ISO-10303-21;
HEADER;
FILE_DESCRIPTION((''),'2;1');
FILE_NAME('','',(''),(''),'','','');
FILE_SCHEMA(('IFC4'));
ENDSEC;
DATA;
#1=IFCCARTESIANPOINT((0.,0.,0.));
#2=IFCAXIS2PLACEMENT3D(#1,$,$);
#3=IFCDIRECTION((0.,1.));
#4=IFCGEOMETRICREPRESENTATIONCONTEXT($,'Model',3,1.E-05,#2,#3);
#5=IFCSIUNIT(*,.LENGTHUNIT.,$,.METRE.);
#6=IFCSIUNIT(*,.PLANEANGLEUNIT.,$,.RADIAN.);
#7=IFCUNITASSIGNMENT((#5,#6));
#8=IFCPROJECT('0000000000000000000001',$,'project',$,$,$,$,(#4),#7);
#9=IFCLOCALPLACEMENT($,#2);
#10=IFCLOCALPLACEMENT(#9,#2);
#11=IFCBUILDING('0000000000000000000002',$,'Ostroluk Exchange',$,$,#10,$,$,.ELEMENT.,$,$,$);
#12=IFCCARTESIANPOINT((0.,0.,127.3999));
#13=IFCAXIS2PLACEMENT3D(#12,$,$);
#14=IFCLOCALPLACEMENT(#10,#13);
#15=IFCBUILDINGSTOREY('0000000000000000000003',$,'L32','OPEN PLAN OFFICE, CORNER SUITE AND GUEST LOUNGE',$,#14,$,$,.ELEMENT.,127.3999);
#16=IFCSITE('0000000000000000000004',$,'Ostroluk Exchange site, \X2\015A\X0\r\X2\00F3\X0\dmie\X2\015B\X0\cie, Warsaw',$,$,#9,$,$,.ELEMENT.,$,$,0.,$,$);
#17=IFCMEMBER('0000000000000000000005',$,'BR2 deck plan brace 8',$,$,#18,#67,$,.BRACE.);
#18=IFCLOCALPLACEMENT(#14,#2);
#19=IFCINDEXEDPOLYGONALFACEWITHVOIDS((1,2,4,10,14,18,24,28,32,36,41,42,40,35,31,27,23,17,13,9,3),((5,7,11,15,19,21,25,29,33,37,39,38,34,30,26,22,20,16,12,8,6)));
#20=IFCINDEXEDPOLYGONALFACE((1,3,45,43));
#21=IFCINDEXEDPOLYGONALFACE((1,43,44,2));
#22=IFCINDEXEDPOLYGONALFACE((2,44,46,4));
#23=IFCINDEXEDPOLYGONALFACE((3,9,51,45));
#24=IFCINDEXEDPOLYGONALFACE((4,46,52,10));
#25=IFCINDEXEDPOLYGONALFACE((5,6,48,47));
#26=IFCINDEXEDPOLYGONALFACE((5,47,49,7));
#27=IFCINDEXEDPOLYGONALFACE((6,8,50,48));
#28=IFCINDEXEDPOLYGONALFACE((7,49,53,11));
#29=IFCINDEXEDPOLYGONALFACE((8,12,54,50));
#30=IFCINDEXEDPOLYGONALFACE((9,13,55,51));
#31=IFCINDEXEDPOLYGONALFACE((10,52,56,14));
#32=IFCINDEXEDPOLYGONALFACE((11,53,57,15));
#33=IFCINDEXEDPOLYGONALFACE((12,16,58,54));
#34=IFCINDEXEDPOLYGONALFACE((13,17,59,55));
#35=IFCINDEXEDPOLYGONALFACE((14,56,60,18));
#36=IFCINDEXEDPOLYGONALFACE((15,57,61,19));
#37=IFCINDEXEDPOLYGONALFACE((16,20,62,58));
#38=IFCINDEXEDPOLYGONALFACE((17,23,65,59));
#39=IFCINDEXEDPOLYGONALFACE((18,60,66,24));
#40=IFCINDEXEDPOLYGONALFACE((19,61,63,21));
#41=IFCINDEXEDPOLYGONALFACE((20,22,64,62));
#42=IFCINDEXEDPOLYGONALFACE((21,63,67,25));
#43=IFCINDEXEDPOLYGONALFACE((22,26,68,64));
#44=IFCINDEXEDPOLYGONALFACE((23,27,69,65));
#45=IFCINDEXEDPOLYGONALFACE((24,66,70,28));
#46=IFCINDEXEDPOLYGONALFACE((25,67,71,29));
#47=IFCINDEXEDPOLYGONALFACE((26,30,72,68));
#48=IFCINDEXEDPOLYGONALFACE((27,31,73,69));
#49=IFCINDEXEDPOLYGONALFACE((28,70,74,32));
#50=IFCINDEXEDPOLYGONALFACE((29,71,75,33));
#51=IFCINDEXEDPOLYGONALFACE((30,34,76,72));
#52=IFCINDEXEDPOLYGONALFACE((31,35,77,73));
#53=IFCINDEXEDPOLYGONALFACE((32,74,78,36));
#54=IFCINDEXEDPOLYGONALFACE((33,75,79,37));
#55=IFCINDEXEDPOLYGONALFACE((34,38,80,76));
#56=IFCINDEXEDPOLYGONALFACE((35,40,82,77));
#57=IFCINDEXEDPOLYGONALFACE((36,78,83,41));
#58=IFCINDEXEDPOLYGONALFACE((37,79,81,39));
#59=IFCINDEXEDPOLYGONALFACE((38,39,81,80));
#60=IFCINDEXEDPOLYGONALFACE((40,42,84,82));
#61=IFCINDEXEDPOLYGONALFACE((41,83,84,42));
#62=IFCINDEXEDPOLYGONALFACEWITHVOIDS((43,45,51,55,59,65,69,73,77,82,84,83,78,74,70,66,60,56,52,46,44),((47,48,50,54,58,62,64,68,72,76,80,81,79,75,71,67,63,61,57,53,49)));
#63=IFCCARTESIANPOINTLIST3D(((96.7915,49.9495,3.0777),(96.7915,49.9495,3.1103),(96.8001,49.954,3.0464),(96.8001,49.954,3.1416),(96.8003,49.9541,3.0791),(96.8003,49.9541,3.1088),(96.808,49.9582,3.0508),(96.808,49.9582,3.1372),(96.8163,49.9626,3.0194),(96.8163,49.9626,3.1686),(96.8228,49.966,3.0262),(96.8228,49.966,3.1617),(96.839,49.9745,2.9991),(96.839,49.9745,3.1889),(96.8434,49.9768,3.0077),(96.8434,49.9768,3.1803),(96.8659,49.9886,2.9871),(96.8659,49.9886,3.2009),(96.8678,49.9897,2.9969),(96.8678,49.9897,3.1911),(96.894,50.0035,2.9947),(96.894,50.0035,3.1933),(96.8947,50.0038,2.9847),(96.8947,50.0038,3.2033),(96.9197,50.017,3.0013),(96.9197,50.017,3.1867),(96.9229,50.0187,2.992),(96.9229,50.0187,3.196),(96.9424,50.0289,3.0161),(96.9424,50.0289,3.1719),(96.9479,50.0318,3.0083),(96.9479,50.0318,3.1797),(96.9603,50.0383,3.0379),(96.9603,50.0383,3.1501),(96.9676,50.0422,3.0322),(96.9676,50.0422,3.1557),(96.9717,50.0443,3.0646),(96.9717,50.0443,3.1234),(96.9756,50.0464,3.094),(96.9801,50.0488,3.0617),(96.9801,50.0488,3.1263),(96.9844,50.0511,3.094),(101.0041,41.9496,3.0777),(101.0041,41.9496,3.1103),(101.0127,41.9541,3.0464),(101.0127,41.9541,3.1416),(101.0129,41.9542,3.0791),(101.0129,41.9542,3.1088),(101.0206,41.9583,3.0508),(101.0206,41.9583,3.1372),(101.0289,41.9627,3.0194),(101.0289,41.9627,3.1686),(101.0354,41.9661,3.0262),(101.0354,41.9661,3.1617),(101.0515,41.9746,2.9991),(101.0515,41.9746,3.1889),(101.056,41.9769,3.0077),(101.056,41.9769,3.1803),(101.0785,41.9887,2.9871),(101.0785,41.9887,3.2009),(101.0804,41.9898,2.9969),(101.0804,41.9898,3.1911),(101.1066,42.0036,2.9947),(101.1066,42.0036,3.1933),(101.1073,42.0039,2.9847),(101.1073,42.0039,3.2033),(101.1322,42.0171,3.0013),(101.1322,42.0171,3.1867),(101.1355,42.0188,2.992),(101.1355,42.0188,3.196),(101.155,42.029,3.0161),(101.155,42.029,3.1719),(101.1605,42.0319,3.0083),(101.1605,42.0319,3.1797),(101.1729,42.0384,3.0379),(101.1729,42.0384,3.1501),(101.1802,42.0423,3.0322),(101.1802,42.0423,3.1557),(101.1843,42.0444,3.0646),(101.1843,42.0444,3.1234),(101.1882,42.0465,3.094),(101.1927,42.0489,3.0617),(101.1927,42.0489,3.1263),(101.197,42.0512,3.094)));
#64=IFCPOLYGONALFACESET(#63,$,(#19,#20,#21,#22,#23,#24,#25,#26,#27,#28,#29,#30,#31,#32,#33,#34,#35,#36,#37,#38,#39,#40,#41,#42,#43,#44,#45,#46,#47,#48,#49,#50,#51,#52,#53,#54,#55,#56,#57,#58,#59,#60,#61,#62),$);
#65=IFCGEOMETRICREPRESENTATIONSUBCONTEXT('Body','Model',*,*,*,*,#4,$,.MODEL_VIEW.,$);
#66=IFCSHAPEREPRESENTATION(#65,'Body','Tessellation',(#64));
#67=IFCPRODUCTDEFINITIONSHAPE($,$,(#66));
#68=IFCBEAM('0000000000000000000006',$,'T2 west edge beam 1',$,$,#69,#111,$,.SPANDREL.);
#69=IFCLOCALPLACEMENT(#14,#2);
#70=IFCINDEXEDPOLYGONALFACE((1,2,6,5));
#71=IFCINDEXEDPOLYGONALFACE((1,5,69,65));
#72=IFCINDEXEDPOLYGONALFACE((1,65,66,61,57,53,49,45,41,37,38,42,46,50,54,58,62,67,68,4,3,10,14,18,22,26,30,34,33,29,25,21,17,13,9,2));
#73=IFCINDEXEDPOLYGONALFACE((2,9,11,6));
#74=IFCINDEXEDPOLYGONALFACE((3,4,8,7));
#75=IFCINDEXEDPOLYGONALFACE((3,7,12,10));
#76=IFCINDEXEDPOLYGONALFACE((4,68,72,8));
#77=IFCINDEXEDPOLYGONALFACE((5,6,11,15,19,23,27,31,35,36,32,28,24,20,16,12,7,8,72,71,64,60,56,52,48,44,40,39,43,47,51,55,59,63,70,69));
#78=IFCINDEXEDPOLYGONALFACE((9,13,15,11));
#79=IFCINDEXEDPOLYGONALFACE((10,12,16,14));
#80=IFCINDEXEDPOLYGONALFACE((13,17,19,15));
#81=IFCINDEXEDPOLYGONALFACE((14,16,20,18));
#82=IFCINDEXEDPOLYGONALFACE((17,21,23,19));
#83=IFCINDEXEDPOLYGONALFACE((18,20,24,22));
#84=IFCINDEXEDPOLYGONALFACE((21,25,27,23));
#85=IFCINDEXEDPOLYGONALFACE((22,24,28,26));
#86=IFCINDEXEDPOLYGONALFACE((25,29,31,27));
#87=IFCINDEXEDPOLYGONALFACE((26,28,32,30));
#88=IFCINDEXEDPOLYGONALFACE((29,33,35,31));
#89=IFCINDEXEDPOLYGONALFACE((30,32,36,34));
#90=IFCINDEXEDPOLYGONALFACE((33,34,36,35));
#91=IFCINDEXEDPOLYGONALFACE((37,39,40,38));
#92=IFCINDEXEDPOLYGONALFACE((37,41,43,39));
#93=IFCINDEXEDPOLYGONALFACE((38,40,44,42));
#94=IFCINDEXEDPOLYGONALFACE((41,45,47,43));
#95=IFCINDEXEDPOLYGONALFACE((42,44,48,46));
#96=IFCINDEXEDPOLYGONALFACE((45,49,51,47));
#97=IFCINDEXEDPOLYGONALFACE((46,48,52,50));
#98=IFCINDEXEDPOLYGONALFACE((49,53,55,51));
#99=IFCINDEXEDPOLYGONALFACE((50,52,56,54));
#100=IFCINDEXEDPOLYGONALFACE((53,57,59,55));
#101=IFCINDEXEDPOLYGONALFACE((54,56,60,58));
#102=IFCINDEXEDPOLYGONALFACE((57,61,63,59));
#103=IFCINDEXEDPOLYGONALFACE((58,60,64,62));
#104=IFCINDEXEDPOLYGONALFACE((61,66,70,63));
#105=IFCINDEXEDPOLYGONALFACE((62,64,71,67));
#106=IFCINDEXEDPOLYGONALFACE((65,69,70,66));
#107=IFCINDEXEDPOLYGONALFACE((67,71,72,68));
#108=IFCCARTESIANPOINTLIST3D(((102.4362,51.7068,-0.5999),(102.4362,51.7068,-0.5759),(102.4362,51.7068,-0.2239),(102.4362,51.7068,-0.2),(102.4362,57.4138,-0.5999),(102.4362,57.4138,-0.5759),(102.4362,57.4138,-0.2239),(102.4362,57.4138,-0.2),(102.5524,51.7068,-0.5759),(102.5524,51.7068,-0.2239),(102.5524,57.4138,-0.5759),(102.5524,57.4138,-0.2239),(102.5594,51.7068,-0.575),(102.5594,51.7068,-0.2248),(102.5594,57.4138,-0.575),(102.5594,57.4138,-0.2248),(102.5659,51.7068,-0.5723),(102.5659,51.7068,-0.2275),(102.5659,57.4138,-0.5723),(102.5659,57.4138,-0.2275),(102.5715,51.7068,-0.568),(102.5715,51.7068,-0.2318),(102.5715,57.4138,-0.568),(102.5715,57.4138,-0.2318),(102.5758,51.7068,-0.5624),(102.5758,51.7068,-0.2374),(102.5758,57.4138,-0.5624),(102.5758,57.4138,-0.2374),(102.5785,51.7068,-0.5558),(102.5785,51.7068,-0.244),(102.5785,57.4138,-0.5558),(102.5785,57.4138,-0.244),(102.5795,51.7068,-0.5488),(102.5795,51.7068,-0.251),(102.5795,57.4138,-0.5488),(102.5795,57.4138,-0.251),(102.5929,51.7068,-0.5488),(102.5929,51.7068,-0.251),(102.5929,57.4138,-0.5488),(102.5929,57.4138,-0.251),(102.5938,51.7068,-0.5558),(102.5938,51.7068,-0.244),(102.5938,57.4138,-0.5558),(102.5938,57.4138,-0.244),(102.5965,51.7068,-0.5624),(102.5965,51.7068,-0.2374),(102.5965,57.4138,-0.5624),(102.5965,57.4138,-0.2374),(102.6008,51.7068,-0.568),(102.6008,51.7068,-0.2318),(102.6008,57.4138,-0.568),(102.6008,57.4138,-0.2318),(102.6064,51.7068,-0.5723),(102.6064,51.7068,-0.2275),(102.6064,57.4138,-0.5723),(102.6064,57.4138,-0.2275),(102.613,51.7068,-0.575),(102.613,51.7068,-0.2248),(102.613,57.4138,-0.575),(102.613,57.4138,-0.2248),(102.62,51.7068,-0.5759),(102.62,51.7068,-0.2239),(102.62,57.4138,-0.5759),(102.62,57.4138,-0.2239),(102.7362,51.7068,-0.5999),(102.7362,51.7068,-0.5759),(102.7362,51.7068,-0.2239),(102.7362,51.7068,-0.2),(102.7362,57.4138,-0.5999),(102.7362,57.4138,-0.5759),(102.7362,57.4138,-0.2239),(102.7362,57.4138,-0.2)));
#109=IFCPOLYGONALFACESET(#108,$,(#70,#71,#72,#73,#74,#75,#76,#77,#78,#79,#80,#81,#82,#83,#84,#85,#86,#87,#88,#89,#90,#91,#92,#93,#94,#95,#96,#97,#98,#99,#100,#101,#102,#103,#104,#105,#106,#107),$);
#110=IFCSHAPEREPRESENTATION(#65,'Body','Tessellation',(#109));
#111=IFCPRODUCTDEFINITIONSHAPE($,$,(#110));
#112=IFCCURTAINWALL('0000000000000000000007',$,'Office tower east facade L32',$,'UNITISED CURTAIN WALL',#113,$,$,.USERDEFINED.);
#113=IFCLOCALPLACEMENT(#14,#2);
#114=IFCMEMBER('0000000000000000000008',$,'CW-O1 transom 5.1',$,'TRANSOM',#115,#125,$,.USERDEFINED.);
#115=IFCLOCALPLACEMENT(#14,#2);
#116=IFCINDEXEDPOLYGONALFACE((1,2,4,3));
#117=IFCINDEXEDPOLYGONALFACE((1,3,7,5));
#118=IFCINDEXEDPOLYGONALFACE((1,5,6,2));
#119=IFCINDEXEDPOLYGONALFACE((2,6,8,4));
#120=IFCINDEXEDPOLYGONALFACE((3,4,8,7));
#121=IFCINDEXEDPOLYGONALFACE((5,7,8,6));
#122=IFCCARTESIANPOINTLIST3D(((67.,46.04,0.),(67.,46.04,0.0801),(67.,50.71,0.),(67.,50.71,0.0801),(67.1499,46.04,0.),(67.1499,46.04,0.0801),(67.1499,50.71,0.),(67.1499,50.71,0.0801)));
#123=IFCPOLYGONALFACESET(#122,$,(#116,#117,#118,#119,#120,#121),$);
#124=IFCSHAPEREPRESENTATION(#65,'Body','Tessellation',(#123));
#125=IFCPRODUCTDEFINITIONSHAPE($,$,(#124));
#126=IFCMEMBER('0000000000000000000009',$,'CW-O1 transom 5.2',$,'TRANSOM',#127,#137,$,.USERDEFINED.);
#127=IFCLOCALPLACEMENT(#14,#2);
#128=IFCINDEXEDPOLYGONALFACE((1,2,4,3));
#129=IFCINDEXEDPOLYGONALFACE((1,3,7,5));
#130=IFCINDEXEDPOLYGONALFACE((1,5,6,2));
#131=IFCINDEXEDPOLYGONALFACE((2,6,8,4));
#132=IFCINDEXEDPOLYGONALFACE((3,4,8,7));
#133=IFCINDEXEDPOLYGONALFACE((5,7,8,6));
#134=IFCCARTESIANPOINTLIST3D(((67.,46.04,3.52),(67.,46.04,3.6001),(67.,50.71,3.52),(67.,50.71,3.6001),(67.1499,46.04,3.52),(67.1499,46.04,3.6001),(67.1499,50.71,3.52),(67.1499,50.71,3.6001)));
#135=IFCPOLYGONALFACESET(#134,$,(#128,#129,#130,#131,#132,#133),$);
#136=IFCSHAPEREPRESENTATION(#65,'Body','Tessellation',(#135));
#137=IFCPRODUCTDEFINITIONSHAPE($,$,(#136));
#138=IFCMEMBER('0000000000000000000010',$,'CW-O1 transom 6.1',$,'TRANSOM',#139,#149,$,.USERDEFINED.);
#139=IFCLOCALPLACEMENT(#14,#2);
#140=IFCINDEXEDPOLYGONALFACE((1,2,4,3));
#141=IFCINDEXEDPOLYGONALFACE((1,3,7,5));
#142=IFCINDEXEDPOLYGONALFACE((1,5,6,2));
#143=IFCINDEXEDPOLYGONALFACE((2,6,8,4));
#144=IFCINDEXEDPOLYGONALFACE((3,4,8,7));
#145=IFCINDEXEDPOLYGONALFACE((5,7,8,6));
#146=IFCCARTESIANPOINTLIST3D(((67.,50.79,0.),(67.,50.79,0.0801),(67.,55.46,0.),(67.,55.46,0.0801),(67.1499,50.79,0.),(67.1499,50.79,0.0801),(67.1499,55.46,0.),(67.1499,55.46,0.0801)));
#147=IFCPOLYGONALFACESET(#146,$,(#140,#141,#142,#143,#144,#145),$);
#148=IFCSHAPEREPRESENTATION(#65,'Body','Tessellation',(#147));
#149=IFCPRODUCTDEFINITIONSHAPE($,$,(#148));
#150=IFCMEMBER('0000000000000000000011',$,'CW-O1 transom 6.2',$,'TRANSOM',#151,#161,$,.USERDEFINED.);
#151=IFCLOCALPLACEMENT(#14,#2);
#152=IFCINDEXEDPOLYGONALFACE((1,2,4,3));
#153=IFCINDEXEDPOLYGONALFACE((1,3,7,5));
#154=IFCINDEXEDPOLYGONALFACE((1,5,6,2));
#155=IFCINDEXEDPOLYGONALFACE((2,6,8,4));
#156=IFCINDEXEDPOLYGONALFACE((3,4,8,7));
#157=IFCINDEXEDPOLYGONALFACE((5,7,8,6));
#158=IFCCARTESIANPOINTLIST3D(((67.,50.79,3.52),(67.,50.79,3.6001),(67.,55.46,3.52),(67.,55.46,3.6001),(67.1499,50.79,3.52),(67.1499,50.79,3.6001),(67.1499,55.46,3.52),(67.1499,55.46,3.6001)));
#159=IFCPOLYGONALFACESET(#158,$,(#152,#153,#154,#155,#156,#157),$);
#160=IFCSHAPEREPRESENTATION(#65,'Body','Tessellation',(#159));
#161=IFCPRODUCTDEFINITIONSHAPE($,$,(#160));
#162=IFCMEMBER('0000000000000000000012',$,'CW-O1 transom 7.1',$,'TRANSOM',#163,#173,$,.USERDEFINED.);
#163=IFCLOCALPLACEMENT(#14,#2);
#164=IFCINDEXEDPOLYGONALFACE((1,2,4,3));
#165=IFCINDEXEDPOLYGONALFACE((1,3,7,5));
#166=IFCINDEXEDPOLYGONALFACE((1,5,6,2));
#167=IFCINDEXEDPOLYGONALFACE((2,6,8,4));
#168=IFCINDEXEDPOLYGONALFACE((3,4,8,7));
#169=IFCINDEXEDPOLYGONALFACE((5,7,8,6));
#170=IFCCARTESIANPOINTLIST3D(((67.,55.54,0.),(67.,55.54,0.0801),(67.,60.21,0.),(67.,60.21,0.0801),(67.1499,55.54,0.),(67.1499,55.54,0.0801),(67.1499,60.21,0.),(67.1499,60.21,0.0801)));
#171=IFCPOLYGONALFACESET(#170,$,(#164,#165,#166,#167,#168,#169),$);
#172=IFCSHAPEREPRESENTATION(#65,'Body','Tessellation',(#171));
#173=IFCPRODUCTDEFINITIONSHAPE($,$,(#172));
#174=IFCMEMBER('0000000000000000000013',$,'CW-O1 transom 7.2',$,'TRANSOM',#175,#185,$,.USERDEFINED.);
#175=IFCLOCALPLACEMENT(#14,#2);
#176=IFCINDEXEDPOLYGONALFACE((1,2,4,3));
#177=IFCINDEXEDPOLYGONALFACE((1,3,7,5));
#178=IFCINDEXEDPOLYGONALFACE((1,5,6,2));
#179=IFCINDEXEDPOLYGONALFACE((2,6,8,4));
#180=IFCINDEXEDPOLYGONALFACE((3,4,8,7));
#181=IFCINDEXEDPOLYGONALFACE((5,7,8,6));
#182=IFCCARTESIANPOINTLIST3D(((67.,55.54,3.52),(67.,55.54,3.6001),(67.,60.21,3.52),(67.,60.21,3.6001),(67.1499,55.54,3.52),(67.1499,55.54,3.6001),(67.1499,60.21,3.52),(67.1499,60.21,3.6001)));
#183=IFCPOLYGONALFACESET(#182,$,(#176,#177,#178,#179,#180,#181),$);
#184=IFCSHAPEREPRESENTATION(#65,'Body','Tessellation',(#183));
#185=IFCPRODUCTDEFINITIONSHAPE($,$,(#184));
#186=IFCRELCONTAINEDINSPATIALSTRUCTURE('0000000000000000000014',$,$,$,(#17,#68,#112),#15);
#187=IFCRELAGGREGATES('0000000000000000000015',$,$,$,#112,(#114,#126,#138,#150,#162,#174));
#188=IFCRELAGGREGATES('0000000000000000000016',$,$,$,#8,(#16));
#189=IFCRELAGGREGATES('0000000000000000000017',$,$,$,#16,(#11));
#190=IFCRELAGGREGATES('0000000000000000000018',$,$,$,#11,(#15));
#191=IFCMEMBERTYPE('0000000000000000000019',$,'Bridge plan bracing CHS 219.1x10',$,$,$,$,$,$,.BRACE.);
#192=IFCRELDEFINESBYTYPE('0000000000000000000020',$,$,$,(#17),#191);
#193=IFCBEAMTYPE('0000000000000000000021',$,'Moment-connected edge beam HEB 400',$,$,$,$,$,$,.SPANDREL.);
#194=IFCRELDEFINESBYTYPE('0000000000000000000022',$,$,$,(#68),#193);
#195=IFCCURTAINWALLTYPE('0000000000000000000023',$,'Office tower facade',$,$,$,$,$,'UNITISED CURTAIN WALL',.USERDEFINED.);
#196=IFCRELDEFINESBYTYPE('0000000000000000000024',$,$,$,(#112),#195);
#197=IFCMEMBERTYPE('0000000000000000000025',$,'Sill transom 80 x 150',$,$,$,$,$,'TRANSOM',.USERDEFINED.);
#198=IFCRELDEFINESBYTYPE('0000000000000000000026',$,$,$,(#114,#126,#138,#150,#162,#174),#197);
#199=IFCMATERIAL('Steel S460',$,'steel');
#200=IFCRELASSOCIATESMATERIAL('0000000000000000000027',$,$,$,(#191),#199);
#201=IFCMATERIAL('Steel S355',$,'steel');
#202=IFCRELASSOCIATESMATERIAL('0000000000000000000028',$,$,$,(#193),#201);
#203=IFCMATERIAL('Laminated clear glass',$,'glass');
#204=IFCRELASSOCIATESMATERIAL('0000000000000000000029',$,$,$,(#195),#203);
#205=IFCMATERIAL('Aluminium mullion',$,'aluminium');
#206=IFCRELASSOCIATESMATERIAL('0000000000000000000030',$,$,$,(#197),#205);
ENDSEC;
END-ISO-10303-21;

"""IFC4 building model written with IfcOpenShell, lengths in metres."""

from ifc_helpers import new_model, si_unit, direction, frame, origin, origin_2d, place, context, subcontext, project, spatial, rectangle, hollow_circle, i_section, extrude, material, material_profile, profile_set, type_object, element, aggregate, save


model = new_model("IFC4")

# Units and contexts
model_context = context("Model", 3, precision=1e-05, world=origin(), true_north=direction((0.0, 1.0)))
body_context = subcontext(model_context, "Body", "Model", "MODEL_VIEW")
ifc_project = project(units=[si_unit("LENGTHUNIT", "METRE"), si_unit("PLANEANGLEUNIT", "RADIAN")], contexts=[model_context])

# Site, building, storey
site_placement = place(None, origin())
site = spatial("IfcSite", under=ifc_project, at=site_placement, Name="Ostroluk Exchange site, Śródmieście, Warsaw", CompositionType="ELEMENT", RefElevation=0.0)
building_placement = place(site_placement, origin())
building = spatial("IfcBuilding", under=site, at=building_placement, Name="Ostroluk Exchange", CompositionType="ELEMENT")
storey_placement = place(building_placement, frame((0.0, 0.0, 127.3999)))
storey = spatial("IfcBuildingStorey", under=building, at=storey_placement, Name="L32", Description="OPEN PLAN OFFICE, CORNER SUITE AND GUEST LOUNGE", CompositionType="ELEMENT", Elevation=127.3999)

# Member
ifc_material_1 = material(Name="Steel S460", Category="steel")
ifc_material_profile_1 = material_profile(ifc_material_1, hollow_circle(Radius=0.1096, WallThickness=0.01, at=origin_2d()), Name="CHS 219.1x10")
ifc_profile_set_1 = profile_set([ifc_material_profile_1], Name="Steel S460")
member_type_1 = type_object("IfcMemberType", Name="Bridge plan bracing CHS 219.1x10", PredefinedType="BRACE", material=ifc_profile_set_1)
for number, where, z_axis, x_axis, name in (
    (1, (96.8875, 50.0, 3.094), (0.46593, -0.884822, 0.0), (0.884822, 0.46593, 0.0), "BR2 deck plan brace 8"),
):
    element("IfcMember", number, at=place(storey_placement, frame(where, z_axis=z_axis, x_axis=x_axis)), inside=storey, type_object=member_type_1, Name=name, PredefinedType="BRACE", context=body_context, shape_type="SweptSolid", body=[
        extrude(hollow_circle(Radius=0.1096, WallThickness=0.01, at=origin_2d()), origin(), (0.0, 0.0, 1.0), 9.0413),
    ])

# Beam
ifc_material_2 = material(Name="Steel S355", Category="steel")
ifc_material_profile_2 = material_profile(ifc_material_2, i_section(OverallWidth=0.3, OverallDepth=0.3999, WebThickness=0.0134, FlangeThickness=0.0239, FilletRadius=0.0271, at=origin_2d()), Name="HEB 400")
ifc_profile_set_2 = profile_set([ifc_material_profile_2], Name="Steel S355")
beam_type_1 = type_object("IfcBeamType", Name="Moment-connected edge beam HEB 400", PredefinedType="SPANDREL", material=ifc_profile_set_2)
beam_1_placement = place(storey_placement, frame((102.5862, 57.4138, -0.3999), z_axis=(0.0, -1.0, 0.0), x_axis=(1.0, 0.0, 0.0)))
element("IfcBeam", 2, at=beam_1_placement, inside=storey, type_object=beam_type_1, Name="T2 west edge beam 1", PredefinedType="SPANDREL", context=body_context, shape_type="SweptSolid", body=[
    extrude(i_section(OverallWidth=0.3, OverallDepth=0.3999, WebThickness=0.0134, FlangeThickness=0.0239, FilletRadius=0.0271, at=origin_2d()), origin(), (0.0, 0.0, 1.0), 5.707),
])

# Curtain wall, members
ifc_material_3 = material(Name="Laminated clear glass", Category="glass")
curtain_wall_type_1 = type_object("IfcCurtainWallType", Name="Office tower facade", ElementType="UNITISED CURTAIN WALL", PredefinedType="USERDEFINED", material=ifc_material_3)
curtain_wall_1_placement = place(storey_placement, origin())
curtain_wall_1 = element("IfcCurtainWall", 3, at=curtain_wall_1_placement, inside=storey, type_object=curtain_wall_type_1, Name="Office tower east facade L32", ObjectType="UNITISED CURTAIN WALL", PredefinedType="USERDEFINED")
ifc_material_4 = material(Name="Aluminium mullion", Category="aluminium")
ifc_material_profile_3 = material_profile(ifc_material_4, rectangle(XDim=0.1499, YDim=0.0801, at=origin_2d()), Name="Sill transom 80 x 150")
ifc_profile_set_3 = profile_set([ifc_material_profile_3], Name="Aluminium mullion")
member_type_2 = type_object("IfcMemberType", Name="Sill transom 80 x 150", ElementType="TRANSOM", PredefinedType="USERDEFINED", material=ifc_profile_set_3)
member_1_placement = place(storey_placement, frame((67.075, 46.04, 0.04), z_axis=(0.0, 1.0, 0.0), x_axis=(-1.0, 0.0, 0.0)))
member_1 = element("IfcMember", 4, at=member_1_placement, type_object=member_type_2, Name="CW-O1 transom 5.1", ObjectType="TRANSOM", PredefinedType="USERDEFINED", context=body_context, shape_type="SweptSolid", body=[
    extrude(rectangle(XDim=0.1499, YDim=0.0801, at=origin_2d()), origin(), (0.0, 0.0, 1.0), 4.6699),
])
member_2_placement = place(storey_placement, frame((67.075, 46.04, 3.5601), z_axis=(0.0, 1.0, 0.0), x_axis=(-1.0, 0.0, 0.0)))
member_2 = element("IfcMember", 5, at=member_2_placement, type_object=member_type_2, Name="CW-O1 transom 5.2", ObjectType="TRANSOM", PredefinedType="USERDEFINED", context=body_context, shape_type="SweptSolid", body=[
    extrude(rectangle(XDim=0.1499, YDim=0.0801, at=origin_2d()), origin(), (0.0, 0.0, 1.0), 4.6699),
])
member_3_placement = place(storey_placement, frame((67.075, 50.79, 0.04), z_axis=(0.0, 1.0, 0.0), x_axis=(-1.0, 0.0, 0.0)))
member_3 = element("IfcMember", 6, at=member_3_placement, type_object=member_type_2, Name="CW-O1 transom 6.1", ObjectType="TRANSOM", PredefinedType="USERDEFINED", context=body_context, shape_type="SweptSolid", body=[
    extrude(rectangle(XDim=0.1499, YDim=0.0801, at=origin_2d()), origin(), (0.0, 0.0, 1.0), 4.6699),
])
member_4_placement = place(storey_placement, frame((67.075, 50.79, 3.5601), z_axis=(0.0, 1.0, 0.0), x_axis=(-1.0, 0.0, 0.0)))
member_4 = element("IfcMember", 7, at=member_4_placement, type_object=member_type_2, Name="CW-O1 transom 6.2", ObjectType="TRANSOM", PredefinedType="USERDEFINED", context=body_context, shape_type="SweptSolid", body=[
    extrude(rectangle(XDim=0.1499, YDim=0.0801, at=origin_2d()), origin(), (0.0, 0.0, 1.0), 4.6699),
])
member_5_placement = place(storey_placement, frame((67.075, 55.54, 0.04), z_axis=(0.0, 1.0, 0.0), x_axis=(-1.0, 0.0, 0.0)))
member_5 = element("IfcMember", 8, at=member_5_placement, type_object=member_type_2, Name="CW-O1 transom 7.1", ObjectType="TRANSOM", PredefinedType="USERDEFINED", context=body_context, shape_type="SweptSolid", body=[
    extrude(rectangle(XDim=0.1499, YDim=0.0801, at=origin_2d()), origin(), (0.0, 0.0, 1.0), 4.6699),
])
member_6_placement = place(storey_placement, frame((67.075, 55.54, 3.5601), z_axis=(0.0, 1.0, 0.0), x_axis=(-1.0, 0.0, 0.0)))
member_6 = element("IfcMember", 9, at=member_6_placement, type_object=member_type_2, Name="CW-O1 transom 7.2", ObjectType="TRANSOM", PredefinedType="USERDEFINED", context=body_context, shape_type="SweptSolid", body=[
    extrude(rectangle(XDim=0.1499, YDim=0.0801, at=origin_2d()), origin(), (0.0, 0.0, 1.0), 4.6699),
])

aggregate(curtain_wall_1, [member_1, member_2, member_3, member_4, member_5, member_6])

save(model, "model.ifc")
